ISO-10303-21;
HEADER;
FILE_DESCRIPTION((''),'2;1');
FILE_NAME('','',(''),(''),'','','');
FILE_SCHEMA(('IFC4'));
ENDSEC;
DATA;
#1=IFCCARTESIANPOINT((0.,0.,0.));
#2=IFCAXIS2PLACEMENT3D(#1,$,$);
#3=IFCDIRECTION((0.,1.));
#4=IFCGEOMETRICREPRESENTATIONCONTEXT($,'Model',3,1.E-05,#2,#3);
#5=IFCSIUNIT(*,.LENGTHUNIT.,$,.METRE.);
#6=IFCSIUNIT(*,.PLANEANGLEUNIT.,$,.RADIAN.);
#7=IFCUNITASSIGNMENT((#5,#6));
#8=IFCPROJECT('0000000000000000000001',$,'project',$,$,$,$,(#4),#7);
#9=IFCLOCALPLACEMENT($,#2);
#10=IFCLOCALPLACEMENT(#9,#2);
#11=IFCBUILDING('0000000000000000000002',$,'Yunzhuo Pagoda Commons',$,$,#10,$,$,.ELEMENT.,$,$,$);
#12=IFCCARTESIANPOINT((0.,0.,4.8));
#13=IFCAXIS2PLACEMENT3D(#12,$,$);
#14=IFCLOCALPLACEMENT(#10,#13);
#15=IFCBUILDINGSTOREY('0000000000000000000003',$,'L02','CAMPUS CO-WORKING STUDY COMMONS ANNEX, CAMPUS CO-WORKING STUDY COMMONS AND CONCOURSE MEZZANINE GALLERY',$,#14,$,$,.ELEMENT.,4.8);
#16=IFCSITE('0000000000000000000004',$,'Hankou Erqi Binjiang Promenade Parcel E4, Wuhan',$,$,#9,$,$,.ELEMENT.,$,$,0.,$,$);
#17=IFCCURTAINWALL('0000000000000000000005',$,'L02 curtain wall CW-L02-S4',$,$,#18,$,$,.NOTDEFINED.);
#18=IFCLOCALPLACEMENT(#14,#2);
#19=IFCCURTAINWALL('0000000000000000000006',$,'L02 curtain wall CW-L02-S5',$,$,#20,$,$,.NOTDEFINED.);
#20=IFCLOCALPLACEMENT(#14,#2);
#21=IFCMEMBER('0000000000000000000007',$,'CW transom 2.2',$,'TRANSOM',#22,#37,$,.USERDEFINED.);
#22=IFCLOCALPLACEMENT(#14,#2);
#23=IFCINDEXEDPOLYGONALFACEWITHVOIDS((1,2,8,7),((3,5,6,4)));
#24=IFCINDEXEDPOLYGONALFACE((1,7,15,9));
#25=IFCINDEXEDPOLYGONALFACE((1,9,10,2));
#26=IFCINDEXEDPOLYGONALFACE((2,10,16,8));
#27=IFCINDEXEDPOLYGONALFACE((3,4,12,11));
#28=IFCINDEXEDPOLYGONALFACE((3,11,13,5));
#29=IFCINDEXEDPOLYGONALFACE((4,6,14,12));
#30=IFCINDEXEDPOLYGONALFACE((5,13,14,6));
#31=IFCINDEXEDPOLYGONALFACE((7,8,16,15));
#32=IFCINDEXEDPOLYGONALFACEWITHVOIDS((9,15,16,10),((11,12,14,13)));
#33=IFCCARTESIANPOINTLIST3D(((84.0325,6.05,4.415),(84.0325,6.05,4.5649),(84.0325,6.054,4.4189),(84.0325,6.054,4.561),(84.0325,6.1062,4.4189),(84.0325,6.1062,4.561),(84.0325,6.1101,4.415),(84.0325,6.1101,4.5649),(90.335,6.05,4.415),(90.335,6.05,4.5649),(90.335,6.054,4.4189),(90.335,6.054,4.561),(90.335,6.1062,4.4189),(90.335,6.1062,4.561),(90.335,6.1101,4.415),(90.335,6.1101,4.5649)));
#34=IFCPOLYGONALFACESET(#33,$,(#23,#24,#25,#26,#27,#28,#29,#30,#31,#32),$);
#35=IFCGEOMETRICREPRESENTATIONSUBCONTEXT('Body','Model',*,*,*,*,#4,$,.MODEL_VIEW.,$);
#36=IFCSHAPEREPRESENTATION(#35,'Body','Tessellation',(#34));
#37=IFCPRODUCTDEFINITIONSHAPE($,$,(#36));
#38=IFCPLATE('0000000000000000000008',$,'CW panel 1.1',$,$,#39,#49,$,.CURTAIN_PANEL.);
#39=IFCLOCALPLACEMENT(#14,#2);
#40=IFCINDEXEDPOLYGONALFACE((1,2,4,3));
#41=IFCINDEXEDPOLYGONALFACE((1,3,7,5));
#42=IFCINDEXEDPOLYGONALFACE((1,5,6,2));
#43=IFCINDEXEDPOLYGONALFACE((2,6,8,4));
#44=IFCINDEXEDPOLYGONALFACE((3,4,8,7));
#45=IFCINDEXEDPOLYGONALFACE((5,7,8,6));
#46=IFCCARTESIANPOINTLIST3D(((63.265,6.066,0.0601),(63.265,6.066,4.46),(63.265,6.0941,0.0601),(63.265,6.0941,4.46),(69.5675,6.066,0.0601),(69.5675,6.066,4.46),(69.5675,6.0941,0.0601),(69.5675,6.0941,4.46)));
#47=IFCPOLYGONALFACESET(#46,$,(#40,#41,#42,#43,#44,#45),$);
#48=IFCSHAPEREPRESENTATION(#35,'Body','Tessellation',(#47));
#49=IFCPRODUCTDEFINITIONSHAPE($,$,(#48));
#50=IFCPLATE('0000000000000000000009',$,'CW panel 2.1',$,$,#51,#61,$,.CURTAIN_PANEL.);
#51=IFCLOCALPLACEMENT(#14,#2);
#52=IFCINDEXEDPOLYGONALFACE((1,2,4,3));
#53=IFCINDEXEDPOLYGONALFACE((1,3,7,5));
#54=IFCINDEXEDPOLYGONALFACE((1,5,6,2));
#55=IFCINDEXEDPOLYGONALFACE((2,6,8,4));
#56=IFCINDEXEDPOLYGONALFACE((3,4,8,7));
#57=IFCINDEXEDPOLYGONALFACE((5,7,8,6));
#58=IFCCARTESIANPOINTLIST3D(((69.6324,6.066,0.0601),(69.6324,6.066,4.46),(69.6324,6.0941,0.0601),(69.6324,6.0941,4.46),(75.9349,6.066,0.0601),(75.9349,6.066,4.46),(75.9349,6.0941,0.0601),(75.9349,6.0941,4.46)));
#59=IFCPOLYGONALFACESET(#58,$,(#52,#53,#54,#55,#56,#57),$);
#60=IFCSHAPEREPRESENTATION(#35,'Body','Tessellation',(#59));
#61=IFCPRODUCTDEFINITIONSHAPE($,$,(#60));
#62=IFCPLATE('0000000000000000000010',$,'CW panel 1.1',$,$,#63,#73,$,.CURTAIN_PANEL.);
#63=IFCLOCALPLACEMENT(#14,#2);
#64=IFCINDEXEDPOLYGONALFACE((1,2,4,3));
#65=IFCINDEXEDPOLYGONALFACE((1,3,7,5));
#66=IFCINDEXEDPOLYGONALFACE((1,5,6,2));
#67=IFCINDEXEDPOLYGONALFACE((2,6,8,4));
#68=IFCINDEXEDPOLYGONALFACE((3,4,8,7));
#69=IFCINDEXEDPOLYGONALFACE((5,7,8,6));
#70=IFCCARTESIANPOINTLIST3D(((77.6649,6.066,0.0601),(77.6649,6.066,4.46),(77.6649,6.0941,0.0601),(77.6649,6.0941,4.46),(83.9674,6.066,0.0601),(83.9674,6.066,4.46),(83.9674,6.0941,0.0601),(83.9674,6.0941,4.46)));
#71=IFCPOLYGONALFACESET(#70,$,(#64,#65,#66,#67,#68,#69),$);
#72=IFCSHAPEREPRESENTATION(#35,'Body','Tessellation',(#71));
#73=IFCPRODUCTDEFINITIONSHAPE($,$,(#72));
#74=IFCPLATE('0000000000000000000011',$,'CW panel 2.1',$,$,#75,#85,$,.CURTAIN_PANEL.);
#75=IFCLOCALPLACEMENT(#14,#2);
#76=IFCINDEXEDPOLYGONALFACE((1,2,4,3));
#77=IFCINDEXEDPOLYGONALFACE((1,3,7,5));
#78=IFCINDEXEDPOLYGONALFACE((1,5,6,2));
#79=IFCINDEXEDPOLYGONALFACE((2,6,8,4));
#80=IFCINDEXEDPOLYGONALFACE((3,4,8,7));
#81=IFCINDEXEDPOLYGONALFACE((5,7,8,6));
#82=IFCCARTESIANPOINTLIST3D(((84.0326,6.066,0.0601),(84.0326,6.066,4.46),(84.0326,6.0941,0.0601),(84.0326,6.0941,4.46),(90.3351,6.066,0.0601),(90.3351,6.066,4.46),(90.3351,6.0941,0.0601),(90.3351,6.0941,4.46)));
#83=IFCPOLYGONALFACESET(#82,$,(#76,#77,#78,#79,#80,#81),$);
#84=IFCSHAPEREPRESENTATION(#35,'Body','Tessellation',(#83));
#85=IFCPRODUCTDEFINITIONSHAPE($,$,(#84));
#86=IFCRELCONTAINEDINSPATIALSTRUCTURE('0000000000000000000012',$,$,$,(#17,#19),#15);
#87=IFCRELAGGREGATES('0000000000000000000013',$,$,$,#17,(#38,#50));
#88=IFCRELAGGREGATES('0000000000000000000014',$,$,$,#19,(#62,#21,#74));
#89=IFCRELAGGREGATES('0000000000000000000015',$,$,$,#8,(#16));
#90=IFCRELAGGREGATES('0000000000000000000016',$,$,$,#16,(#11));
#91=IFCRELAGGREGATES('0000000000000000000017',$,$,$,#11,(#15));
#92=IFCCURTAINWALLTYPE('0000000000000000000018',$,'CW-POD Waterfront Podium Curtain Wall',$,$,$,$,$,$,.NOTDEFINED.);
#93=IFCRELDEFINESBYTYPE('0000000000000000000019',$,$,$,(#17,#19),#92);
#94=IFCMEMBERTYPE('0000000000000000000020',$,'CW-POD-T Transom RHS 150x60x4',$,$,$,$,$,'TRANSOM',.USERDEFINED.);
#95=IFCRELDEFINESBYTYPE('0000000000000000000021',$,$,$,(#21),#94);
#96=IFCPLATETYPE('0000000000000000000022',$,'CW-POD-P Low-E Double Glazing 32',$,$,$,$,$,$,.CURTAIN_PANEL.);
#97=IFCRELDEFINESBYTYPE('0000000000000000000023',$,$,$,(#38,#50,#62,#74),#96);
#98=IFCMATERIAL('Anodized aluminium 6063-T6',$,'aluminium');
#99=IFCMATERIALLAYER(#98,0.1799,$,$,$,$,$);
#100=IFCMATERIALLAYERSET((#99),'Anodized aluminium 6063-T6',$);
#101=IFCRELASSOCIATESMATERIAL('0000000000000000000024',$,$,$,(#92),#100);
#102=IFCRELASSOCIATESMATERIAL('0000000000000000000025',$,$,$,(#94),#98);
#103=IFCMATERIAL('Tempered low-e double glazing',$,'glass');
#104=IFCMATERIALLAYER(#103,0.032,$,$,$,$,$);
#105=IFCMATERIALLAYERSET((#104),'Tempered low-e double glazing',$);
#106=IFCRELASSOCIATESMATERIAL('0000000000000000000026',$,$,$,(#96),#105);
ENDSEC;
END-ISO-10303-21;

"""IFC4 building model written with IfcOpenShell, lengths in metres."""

from ifc_helpers import new_model, si_unit, direction, frame, origin, origin_2d, place, context, subcontext, project, spatial, rectangle, hollow_rectangle, extrude, source, transform, mapped, material, layer, layer_set, material_profile, profile_set, type_object, element, aggregate, save


model = new_model("IFC4")

# Units and contexts
model_context = context("Model", 3, precision=1e-05, world=origin(), true_north=direction((0.0, 1.0)))
body_context = subcontext(model_context, "Body", "Model", "MODEL_VIEW")
ifc_project = project(units=[si_unit("LENGTHUNIT", "METRE"), si_unit("PLANEANGLEUNIT", "RADIAN")], contexts=[model_context])

# Site, building, storey
site_placement = place(None, origin())
site = spatial("IfcSite", under=ifc_project, at=site_placement, Name="Hankou Erqi Binjiang Promenade Parcel E4, Wuhan", CompositionType="ELEMENT", RefElevation=0.0)
building_placement = place(site_placement, origin())
building = spatial("IfcBuilding", under=site, at=building_placement, Name="Yunzhuo Pagoda Commons", CompositionType="ELEMENT")
storey_placement = place(building_placement, frame((0.0, 0.0, 4.8)))
storey = spatial("IfcBuildingStorey", under=building, at=storey_placement, Name="L02", Description="CAMPUS CO-WORKING STUDY COMMONS ANNEX, CAMPUS CO-WORKING STUDY COMMONS AND CONCOURSE MEZZANINE GALLERY", CompositionType="ELEMENT", Elevation=4.8)

# Shared definitions
ifc_material_1 = material(Name="Anodized aluminium 6063-T6", Category="aluminium")
ifc_layer_1 = layer(ifc_material_1, 0.1799)
ifc_layer_set_1 = layer_set([ifc_layer_1], Name="Anodized aluminium 6063-T6")
curtain_wall_type = type_object("IfcCurtainWallType", Name="CW-POD Waterfront Podium Curtain Wall", PredefinedType="NOTDEFINED", material=ifc_layer_set_1)

# Curtain walls
curtain_wall_1_placement = place(storey_placement, origin())
curtain_wall_1 = element("IfcCurtainWall", 1, at=curtain_wall_1_placement, inside=storey, type_object=curtain_wall_type, Name="L02 curtain wall CW-L02-S4", PredefinedType="NOTDEFINED")
curtain_wall_2_placement = place(storey_placement, origin())
curtain_wall_2 = element("IfcCurtainWall", 2, at=curtain_wall_2_placement, inside=storey, type_object=curtain_wall_type, Name="L02 curtain wall CW-L02-S5", PredefinedType="NOTDEFINED")

# Member
ifc_material_profile_1 = material_profile(ifc_material_1, hollow_rectangle(XDim=0.0601, YDim=0.1499, WallThickness=0.0039, at=origin_2d()), Name="Anodized aluminium 6063-T6")
ifc_profile_set_1 = profile_set([ifc_material_profile_1], Name="Anodized aluminium 6063-T6")
member_type_1 = type_object("IfcMemberType", Name="CW-POD-T Transom RHS 150x60x4", ElementType="TRANSOM", PredefinedType="USERDEFINED", material=ifc_profile_set_1)
shared_shape_1 = source(origin(), body_context, "Body", "SweptSolid", [
    extrude(hollow_rectangle(XDim=0.0601, YDim=0.1499, WallThickness=0.0039, at=origin_2d()), origin(), (0.0, 0.0, 1.0), 6.3025),
])
member_1_placement = place(storey_placement, frame((84.0325, 6.0801, 4.49), z_axis=(1.0, 0.0, 0.0), x_axis=(0.0, 1.0, 0.0)))
member_1 = element("IfcMember", 3, at=member_1_placement, type_object=member_type_1, Name="CW transom 2.2", ObjectType="TRANSOM", PredefinedType="USERDEFINED", context=body_context, shape_type="MappedRepresentation", body=[
    mapped(shared_shape_1, transform((0.0, 0.0, 0.0), scale=1.0)),
])

# Plates
ifc_material_2 = material(Name="Tempered low-e double glazing", Category="glass")
ifc_layer_2 = layer(ifc_material_2, 0.032)
ifc_layer_set_2 = layer_set([ifc_layer_2], Name="Tempered low-e double glazing")
plate_type = type_object("IfcPlateType", Name="CW-POD-P Low-E Double Glazing 32", PredefinedType="CURTAIN_PANEL", material=ifc_layer_set_2)
shared_shape_2 = source(origin(), body_context, "Body", "SweptSolid", [
    extrude(rectangle(XDim=6.3025, YDim=0.0281, at=origin_2d()), origin(), (0.0, 0.0, 1.0), 4.3999),
])
plate_1_placement = place(storey_placement, frame((66.4163, 6.0801, 0.0601), z_axis=(0.0, 0.0, 1.0), x_axis=(1.0, 0.0, 0.0)))
plate_1 = element("IfcPlate", 4, at=plate_1_placement, type_object=plate_type, Name="CW panel 1.1", PredefinedType="CURTAIN_PANEL", context=body_context, shape_type="MappedRepresentation", body=[
    mapped(shared_shape_2, transform((0.0, 0.0, 0.0), scale=1.0)),
])
plate_2_placement = place(storey_placement, frame((72.7837, 6.0801, 0.0601), z_axis=(0.0, 0.0, 1.0), x_axis=(1.0, 0.0, 0.0)))
plate_2 = element("IfcPlate", 5, at=plate_2_placement, type_object=plate_type, Name="CW panel 2.1", PredefinedType="CURTAIN_PANEL", context=body_context, shape_type="MappedRepresentation", body=[
    mapped(shared_shape_2, transform((0.0, 0.0, 0.0), scale=1.0)),
])
aggregate(curtain_wall_1, [plate_1, plate_2])
plate_3_placement = place(storey_placement, frame((80.8162, 6.0801, 0.0601), z_axis=(0.0, 0.0, 1.0), x_axis=(1.0, 0.0, 0.0)))
plate_3 = element("IfcPlate", 6, at=plate_3_placement, type_object=plate_type, Name="CW panel 1.1", PredefinedType="CURTAIN_PANEL", context=body_context, shape_type="MappedRepresentation", body=[
    mapped(shared_shape_2, transform((0.0, 0.0, 0.0), scale=1.0)),
])
plate_4_placement = place(storey_placement, frame((87.1838, 6.0801, 0.0601), z_axis=(0.0, 0.0, 1.0), x_axis=(1.0, 0.0, 0.0)))
plate_4 = element("IfcPlate", 7, at=plate_4_placement, type_object=plate_type, Name="CW panel 2.1", PredefinedType="CURTAIN_PANEL", context=body_context, shape_type="MappedRepresentation", body=[
    mapped(shared_shape_2, transform((0.0, 0.0, 0.0), scale=1.0)),
])
aggregate(curtain_wall_2, [plate_3, member_1, plate_4])

save(model, "model.ifc")
